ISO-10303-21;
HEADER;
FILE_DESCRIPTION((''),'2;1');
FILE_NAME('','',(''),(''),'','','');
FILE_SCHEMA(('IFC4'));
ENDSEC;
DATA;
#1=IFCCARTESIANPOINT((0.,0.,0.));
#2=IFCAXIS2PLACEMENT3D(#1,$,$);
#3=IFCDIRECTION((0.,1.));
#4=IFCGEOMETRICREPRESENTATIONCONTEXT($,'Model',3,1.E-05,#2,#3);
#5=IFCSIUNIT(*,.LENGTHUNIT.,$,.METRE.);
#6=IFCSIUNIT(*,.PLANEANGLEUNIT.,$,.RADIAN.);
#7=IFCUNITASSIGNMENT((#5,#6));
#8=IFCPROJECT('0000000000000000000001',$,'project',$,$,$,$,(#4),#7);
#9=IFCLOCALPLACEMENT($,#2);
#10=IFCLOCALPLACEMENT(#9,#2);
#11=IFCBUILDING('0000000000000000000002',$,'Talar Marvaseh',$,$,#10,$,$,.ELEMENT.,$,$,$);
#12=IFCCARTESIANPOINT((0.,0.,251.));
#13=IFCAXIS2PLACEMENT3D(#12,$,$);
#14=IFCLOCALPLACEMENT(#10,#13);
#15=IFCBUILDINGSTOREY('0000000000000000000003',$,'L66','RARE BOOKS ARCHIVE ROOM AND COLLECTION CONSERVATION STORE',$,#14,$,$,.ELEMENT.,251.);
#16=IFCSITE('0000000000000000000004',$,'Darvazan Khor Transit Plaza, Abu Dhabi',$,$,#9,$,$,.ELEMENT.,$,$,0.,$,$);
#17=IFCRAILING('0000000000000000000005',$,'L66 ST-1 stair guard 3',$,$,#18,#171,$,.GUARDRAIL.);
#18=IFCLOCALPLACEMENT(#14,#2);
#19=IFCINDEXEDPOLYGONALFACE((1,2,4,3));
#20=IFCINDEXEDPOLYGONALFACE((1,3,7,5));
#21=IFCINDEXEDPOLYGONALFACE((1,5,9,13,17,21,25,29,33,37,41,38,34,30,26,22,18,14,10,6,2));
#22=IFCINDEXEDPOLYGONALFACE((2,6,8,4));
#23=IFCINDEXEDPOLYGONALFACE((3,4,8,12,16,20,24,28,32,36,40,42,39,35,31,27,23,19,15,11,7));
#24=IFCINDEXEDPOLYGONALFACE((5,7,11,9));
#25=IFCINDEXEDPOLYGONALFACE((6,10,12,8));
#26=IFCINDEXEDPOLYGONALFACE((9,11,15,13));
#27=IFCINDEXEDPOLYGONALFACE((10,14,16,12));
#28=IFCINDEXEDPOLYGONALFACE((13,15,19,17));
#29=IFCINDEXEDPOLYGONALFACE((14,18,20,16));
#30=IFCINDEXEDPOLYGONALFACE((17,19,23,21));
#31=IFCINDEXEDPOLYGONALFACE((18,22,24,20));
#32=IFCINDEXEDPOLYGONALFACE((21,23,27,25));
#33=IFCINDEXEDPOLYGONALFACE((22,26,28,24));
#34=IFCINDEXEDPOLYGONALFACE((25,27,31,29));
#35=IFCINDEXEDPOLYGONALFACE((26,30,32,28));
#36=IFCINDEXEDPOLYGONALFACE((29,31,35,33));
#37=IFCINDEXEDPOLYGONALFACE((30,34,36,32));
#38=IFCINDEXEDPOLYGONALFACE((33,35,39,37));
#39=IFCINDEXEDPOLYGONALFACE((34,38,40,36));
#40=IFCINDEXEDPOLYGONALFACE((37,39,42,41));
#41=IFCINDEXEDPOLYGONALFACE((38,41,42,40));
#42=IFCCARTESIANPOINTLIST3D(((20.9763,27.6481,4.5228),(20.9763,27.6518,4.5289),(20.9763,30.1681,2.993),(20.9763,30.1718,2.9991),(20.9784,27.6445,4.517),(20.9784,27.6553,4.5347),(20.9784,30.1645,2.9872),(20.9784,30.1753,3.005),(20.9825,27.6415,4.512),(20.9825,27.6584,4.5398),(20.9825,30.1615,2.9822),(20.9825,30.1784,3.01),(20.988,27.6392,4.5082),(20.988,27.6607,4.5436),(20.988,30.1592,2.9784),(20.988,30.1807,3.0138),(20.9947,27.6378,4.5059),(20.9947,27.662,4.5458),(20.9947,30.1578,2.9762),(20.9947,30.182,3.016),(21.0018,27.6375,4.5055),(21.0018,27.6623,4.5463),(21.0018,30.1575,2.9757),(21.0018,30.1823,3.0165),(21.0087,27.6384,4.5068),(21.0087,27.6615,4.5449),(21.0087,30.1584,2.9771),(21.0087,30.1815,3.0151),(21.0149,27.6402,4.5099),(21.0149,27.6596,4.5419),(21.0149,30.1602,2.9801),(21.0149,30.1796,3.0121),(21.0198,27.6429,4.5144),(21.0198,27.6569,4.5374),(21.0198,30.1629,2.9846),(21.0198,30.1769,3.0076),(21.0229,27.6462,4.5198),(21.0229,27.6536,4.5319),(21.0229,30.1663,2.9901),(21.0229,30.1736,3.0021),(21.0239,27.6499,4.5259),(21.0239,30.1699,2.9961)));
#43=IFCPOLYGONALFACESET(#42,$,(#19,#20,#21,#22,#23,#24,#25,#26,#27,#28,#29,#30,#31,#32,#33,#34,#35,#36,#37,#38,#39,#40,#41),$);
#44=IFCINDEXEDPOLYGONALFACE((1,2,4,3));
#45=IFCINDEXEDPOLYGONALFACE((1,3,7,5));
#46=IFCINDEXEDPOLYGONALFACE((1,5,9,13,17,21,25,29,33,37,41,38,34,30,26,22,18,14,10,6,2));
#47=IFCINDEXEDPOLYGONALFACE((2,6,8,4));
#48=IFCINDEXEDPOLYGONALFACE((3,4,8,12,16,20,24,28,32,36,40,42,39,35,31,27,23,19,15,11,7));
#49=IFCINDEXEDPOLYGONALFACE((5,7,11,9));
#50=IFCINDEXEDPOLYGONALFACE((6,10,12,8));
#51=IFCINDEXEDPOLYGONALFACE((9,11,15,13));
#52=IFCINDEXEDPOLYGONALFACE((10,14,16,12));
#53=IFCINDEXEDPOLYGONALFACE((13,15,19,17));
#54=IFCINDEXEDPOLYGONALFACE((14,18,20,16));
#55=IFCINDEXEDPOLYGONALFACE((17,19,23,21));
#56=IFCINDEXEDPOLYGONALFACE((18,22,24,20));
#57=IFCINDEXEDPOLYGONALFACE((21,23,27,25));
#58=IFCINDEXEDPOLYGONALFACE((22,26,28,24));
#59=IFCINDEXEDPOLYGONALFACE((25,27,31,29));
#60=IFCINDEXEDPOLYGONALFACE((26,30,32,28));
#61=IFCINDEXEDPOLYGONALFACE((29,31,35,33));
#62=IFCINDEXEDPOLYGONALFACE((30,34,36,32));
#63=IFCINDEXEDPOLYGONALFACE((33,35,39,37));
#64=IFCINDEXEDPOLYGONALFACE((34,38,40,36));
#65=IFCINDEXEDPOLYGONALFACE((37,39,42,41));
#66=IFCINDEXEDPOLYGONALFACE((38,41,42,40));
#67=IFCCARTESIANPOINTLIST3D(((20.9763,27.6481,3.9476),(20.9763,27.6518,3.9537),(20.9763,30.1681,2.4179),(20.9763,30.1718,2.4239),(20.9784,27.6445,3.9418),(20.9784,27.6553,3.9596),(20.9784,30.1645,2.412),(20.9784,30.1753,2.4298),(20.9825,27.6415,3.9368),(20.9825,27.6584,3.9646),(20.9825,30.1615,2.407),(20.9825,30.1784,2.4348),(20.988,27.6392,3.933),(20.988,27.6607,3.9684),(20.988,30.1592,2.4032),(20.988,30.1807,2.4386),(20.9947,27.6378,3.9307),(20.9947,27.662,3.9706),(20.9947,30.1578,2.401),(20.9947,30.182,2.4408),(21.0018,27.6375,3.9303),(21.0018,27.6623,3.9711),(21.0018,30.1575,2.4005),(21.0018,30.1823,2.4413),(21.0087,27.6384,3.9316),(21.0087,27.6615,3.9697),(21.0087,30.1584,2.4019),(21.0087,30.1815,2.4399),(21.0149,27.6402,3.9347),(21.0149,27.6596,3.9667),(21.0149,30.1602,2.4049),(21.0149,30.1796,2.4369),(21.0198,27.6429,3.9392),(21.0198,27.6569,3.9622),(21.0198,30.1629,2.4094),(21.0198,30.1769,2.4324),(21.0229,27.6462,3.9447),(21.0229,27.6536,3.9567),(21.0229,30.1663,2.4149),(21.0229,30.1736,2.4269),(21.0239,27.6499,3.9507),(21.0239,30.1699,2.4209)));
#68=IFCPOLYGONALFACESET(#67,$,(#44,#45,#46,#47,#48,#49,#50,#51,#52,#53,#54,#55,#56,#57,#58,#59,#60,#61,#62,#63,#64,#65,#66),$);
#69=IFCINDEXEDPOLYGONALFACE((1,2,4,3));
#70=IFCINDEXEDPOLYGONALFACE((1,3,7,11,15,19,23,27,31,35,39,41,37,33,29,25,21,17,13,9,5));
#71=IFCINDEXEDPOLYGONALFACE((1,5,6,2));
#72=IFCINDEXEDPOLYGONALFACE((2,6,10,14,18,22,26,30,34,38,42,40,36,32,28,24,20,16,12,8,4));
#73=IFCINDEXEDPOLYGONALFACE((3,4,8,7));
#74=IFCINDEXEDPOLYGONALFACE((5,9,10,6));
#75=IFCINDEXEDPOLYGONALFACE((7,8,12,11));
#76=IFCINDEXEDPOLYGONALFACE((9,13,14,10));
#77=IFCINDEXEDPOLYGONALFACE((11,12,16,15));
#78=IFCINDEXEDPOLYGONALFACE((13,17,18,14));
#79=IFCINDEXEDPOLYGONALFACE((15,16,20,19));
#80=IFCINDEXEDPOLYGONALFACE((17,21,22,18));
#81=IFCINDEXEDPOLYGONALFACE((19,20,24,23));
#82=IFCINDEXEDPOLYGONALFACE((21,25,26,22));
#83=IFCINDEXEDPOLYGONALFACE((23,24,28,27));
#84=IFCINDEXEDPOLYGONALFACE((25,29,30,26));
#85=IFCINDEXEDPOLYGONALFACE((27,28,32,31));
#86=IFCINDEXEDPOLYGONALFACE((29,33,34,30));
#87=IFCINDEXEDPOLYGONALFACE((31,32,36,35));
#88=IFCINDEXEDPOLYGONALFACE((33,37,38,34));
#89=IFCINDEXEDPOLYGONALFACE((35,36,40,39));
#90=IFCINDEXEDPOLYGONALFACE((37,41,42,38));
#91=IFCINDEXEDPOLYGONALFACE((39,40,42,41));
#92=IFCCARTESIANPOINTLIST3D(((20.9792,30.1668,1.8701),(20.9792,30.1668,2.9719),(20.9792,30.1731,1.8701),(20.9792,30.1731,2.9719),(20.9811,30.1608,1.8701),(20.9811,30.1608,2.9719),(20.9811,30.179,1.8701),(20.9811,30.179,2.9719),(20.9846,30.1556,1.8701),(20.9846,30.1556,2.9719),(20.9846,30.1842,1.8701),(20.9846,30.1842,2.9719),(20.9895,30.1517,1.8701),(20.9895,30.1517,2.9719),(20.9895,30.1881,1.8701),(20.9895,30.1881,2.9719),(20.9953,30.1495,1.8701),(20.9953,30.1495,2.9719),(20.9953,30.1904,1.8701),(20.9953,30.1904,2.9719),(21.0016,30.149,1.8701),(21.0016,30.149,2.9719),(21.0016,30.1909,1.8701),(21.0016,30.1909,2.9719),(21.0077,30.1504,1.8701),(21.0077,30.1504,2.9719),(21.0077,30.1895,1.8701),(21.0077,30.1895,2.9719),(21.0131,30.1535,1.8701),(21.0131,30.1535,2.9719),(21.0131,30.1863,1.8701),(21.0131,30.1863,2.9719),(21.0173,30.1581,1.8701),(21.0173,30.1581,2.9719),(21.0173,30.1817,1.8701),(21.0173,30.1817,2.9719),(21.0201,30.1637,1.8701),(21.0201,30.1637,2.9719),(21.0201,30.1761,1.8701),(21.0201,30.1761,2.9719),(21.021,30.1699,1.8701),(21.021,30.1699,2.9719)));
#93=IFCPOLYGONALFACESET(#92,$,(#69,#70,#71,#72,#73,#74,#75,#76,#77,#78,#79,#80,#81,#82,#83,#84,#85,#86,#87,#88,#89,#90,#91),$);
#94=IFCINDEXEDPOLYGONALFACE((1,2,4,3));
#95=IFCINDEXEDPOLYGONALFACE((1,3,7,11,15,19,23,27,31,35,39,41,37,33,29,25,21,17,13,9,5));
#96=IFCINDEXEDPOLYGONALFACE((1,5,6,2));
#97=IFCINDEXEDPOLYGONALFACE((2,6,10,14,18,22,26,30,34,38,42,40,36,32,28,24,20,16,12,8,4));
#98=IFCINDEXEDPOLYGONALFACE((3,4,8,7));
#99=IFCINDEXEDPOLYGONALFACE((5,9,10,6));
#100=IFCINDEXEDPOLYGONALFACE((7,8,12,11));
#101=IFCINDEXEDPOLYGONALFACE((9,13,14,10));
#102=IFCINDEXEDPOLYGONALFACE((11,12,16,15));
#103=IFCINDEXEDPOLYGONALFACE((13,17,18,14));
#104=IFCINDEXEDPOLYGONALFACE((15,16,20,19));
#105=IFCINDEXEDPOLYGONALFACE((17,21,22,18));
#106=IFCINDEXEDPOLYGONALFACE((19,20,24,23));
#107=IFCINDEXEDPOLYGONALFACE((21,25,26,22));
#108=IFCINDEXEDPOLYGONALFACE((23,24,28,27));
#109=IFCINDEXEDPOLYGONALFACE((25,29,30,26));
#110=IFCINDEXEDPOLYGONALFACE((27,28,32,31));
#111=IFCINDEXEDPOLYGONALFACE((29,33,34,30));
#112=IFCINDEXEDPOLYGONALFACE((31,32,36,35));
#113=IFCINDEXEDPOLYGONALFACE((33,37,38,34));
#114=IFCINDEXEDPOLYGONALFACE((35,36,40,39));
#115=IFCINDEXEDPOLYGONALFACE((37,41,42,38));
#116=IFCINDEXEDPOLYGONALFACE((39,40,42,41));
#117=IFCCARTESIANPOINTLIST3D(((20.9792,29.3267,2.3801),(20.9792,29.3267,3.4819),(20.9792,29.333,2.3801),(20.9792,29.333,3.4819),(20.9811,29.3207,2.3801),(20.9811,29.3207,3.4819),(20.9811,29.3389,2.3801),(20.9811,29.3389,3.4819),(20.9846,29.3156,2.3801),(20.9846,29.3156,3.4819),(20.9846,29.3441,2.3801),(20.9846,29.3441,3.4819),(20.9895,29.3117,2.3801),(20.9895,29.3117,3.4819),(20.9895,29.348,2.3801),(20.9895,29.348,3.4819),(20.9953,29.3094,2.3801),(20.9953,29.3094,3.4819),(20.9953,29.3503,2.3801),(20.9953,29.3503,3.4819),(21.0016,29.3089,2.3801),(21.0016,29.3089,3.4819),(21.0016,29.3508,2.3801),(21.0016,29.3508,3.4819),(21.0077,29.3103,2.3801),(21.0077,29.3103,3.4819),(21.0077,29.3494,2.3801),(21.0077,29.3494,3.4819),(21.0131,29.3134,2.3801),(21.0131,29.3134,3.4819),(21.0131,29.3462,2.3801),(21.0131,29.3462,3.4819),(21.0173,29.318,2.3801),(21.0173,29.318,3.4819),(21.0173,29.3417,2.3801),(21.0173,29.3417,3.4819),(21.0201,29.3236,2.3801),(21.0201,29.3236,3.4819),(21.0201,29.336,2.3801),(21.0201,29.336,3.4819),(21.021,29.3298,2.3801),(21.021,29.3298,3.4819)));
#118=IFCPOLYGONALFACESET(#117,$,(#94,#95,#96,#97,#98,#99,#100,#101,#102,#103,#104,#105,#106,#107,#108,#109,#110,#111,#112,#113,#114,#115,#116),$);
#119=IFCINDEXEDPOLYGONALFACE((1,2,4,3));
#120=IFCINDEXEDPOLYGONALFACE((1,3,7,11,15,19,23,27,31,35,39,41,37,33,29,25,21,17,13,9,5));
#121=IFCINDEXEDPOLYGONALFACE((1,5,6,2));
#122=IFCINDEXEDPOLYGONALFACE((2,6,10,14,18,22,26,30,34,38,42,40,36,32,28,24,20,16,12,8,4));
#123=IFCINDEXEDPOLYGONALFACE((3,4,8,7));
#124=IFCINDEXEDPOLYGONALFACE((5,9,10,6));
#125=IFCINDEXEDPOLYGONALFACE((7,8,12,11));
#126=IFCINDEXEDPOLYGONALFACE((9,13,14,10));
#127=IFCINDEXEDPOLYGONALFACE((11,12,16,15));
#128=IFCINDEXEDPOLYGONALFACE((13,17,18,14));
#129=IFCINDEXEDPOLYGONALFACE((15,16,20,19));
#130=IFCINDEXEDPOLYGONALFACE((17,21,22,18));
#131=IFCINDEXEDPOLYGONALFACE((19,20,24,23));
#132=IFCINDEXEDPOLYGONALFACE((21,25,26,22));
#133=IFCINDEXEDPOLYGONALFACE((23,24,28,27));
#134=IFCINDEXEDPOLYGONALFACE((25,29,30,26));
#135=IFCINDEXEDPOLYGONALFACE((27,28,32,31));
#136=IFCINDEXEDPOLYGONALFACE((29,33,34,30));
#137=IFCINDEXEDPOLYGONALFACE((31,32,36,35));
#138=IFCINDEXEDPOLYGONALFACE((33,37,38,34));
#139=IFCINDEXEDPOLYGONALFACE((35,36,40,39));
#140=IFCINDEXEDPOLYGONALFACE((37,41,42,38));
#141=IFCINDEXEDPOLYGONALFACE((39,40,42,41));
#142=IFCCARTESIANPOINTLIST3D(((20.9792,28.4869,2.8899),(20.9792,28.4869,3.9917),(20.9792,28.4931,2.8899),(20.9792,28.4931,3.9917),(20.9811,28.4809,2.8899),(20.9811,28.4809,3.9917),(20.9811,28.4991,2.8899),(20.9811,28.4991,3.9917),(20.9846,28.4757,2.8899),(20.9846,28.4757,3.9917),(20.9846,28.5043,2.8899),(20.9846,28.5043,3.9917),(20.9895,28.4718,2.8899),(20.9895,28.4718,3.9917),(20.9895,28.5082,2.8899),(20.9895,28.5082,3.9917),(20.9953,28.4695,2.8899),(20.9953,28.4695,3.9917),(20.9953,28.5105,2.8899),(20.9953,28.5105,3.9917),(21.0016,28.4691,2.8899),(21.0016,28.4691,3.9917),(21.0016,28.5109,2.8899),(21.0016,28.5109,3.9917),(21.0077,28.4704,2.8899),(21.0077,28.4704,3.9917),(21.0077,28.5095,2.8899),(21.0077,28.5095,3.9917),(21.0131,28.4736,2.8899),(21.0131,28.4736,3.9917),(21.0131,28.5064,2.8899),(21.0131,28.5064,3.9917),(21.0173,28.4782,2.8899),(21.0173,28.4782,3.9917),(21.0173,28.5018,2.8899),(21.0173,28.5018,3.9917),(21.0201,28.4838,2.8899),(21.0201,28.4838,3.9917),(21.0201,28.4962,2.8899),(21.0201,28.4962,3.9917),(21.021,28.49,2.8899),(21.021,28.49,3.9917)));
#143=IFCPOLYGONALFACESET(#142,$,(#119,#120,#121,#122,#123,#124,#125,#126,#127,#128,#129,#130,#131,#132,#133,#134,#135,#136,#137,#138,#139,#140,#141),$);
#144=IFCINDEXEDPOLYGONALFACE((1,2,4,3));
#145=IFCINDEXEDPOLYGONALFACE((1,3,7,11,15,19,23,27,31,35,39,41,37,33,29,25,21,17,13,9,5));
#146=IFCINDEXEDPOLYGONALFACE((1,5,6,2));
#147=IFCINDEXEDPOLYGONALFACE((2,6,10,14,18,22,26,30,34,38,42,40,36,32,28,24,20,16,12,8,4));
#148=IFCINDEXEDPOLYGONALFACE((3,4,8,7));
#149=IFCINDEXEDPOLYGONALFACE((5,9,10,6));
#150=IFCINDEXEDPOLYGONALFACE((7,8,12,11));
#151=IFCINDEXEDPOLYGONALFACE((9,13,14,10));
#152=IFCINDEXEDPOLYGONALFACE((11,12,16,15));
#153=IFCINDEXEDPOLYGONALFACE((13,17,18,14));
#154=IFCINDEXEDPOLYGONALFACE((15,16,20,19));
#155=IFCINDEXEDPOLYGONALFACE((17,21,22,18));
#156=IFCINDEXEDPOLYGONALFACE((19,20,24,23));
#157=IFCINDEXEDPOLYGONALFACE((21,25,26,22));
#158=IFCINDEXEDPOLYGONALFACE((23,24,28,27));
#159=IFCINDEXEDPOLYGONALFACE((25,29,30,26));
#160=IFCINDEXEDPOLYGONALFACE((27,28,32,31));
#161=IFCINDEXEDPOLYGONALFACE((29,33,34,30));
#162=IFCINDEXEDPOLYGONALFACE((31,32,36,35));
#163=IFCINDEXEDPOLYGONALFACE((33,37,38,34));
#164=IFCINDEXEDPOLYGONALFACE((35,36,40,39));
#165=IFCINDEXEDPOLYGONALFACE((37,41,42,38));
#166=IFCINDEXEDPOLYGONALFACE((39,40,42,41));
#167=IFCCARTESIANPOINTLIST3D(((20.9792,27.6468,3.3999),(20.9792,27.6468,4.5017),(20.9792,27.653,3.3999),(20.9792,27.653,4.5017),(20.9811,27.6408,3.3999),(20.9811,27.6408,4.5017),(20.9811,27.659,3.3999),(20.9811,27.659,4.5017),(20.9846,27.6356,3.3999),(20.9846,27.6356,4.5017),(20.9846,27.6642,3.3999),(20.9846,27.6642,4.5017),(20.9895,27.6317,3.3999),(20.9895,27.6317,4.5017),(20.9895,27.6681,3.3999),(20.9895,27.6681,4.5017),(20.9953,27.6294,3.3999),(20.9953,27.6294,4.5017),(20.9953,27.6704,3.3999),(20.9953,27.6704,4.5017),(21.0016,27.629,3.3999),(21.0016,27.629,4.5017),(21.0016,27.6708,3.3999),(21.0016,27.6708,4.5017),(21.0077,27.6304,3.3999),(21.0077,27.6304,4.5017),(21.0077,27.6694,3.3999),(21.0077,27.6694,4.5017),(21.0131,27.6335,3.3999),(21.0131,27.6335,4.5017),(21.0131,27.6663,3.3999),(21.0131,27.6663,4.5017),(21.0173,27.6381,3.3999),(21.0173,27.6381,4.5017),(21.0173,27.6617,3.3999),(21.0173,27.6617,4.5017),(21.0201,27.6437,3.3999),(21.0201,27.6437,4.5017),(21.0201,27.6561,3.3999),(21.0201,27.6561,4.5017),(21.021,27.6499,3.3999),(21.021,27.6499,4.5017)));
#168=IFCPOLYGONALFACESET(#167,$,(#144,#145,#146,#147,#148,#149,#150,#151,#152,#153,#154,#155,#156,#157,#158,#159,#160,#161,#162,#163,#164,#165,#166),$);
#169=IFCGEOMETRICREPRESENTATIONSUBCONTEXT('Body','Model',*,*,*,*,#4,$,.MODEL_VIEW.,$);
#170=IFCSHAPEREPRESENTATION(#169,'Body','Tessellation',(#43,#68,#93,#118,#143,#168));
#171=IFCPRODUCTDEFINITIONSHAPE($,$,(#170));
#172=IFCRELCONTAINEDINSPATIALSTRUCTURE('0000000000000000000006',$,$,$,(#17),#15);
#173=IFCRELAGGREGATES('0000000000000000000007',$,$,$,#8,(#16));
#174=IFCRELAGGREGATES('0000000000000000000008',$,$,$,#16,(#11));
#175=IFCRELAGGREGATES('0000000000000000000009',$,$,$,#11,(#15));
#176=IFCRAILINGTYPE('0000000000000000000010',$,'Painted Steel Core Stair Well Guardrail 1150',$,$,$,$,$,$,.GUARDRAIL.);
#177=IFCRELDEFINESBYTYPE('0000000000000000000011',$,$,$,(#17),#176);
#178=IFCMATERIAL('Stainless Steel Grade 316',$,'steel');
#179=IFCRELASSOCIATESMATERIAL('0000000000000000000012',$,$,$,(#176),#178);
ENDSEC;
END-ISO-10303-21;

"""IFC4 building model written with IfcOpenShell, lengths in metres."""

from ifc_helpers import new_model, si_unit, direction, frame, origin, origin_2d, place, context, subcontext, project, spatial, circle, extrude, material, type_object, element, save


model = new_model("IFC4")

# Units and contexts
model_context = context("Model", 3, precision=1e-05, world=origin(), true_north=direction((0.0, 1.0)))
body_context = subcontext(model_context, "Body", "Model", "MODEL_VIEW")
ifc_project = project(units=[si_unit("LENGTHUNIT", "METRE"), si_unit("PLANEANGLEUNIT", "RADIAN")], contexts=[model_context])

# Site, building, storey
site_placement = place(None, origin())
site = spatial("IfcSite", under=ifc_project, at=site_placement, Name="Darvazan Khor Transit Plaza, Abu Dhabi", CompositionType="ELEMENT", RefElevation=0.0)
building_placement = place(site_placement, origin())
building = spatial("IfcBuilding", under=site, at=building_placement, Name="Talar Marvaseh", CompositionType="ELEMENT")
storey_placement = place(building_placement, frame((0.0, 0.0, 251.0)))
storey = spatial("IfcBuildingStorey", under=building, at=storey_placement, Name="L66", Description="RARE BOOKS ARCHIVE ROOM AND COLLECTION CONSERVATION STORE", CompositionType="ELEMENT", Elevation=251.0)

# Railing
ifc_material_1 = material(Name="Stainless Steel Grade 316", Category="steel")
railing_type_1 = type_object("IfcRailingType", Name="Painted Steel Core Stair Well Guardrail 1150", PredefinedType="GUARDRAIL", material=ifc_material_1)
railing_1_placement = place(storey_placement, frame((21.0, 30.1699, 1.8701)))
element("IfcRailing", 1, at=railing_1_placement, inside=storey, type_object=railing_type_1, Name="L66 ST-1 stair guard 3", PredefinedType="GUARDRAIL", context=body_context, shape_type="SweptSolid", body=[
    extrude(circle(Radius=0.0239, at=origin_2d()), frame((0.0, 0.0, 1.126), z_axis=(0.0, -0.854822, 0.518922), x_axis=(1.0, 0.0, 0.0)), (0.0, 0.0, 1.0), 2.948),
    extrude(circle(Radius=0.0239, at=origin_2d()), frame((0.0, 0.0, 0.5508), z_axis=(0.0, -0.854822, 0.518922), x_axis=(1.0, 0.0, 0.0)), (0.0, 0.0, 1.0), 2.948),
    extrude(circle(Radius=0.021, at=origin_2d()), origin(), (0.0, 0.0, 1.0), 1.1018),
    extrude(circle(Radius=0.021, at=origin_2d()), frame((0.0, -0.8401, 0.51)), (0.0, 0.0, 1.0), 1.1018),
    extrude(circle(Radius=0.021, at=origin_2d()), frame((0.0, -1.6799, 1.0198)), (0.0, 0.0, 1.0), 1.1018),
    extrude(circle(Radius=0.021, at=origin_2d()), frame((0.0, -2.52, 1.5298)), (0.0, 0.0, 1.0), 1.1018),
])

save(model, "model.ifc")
